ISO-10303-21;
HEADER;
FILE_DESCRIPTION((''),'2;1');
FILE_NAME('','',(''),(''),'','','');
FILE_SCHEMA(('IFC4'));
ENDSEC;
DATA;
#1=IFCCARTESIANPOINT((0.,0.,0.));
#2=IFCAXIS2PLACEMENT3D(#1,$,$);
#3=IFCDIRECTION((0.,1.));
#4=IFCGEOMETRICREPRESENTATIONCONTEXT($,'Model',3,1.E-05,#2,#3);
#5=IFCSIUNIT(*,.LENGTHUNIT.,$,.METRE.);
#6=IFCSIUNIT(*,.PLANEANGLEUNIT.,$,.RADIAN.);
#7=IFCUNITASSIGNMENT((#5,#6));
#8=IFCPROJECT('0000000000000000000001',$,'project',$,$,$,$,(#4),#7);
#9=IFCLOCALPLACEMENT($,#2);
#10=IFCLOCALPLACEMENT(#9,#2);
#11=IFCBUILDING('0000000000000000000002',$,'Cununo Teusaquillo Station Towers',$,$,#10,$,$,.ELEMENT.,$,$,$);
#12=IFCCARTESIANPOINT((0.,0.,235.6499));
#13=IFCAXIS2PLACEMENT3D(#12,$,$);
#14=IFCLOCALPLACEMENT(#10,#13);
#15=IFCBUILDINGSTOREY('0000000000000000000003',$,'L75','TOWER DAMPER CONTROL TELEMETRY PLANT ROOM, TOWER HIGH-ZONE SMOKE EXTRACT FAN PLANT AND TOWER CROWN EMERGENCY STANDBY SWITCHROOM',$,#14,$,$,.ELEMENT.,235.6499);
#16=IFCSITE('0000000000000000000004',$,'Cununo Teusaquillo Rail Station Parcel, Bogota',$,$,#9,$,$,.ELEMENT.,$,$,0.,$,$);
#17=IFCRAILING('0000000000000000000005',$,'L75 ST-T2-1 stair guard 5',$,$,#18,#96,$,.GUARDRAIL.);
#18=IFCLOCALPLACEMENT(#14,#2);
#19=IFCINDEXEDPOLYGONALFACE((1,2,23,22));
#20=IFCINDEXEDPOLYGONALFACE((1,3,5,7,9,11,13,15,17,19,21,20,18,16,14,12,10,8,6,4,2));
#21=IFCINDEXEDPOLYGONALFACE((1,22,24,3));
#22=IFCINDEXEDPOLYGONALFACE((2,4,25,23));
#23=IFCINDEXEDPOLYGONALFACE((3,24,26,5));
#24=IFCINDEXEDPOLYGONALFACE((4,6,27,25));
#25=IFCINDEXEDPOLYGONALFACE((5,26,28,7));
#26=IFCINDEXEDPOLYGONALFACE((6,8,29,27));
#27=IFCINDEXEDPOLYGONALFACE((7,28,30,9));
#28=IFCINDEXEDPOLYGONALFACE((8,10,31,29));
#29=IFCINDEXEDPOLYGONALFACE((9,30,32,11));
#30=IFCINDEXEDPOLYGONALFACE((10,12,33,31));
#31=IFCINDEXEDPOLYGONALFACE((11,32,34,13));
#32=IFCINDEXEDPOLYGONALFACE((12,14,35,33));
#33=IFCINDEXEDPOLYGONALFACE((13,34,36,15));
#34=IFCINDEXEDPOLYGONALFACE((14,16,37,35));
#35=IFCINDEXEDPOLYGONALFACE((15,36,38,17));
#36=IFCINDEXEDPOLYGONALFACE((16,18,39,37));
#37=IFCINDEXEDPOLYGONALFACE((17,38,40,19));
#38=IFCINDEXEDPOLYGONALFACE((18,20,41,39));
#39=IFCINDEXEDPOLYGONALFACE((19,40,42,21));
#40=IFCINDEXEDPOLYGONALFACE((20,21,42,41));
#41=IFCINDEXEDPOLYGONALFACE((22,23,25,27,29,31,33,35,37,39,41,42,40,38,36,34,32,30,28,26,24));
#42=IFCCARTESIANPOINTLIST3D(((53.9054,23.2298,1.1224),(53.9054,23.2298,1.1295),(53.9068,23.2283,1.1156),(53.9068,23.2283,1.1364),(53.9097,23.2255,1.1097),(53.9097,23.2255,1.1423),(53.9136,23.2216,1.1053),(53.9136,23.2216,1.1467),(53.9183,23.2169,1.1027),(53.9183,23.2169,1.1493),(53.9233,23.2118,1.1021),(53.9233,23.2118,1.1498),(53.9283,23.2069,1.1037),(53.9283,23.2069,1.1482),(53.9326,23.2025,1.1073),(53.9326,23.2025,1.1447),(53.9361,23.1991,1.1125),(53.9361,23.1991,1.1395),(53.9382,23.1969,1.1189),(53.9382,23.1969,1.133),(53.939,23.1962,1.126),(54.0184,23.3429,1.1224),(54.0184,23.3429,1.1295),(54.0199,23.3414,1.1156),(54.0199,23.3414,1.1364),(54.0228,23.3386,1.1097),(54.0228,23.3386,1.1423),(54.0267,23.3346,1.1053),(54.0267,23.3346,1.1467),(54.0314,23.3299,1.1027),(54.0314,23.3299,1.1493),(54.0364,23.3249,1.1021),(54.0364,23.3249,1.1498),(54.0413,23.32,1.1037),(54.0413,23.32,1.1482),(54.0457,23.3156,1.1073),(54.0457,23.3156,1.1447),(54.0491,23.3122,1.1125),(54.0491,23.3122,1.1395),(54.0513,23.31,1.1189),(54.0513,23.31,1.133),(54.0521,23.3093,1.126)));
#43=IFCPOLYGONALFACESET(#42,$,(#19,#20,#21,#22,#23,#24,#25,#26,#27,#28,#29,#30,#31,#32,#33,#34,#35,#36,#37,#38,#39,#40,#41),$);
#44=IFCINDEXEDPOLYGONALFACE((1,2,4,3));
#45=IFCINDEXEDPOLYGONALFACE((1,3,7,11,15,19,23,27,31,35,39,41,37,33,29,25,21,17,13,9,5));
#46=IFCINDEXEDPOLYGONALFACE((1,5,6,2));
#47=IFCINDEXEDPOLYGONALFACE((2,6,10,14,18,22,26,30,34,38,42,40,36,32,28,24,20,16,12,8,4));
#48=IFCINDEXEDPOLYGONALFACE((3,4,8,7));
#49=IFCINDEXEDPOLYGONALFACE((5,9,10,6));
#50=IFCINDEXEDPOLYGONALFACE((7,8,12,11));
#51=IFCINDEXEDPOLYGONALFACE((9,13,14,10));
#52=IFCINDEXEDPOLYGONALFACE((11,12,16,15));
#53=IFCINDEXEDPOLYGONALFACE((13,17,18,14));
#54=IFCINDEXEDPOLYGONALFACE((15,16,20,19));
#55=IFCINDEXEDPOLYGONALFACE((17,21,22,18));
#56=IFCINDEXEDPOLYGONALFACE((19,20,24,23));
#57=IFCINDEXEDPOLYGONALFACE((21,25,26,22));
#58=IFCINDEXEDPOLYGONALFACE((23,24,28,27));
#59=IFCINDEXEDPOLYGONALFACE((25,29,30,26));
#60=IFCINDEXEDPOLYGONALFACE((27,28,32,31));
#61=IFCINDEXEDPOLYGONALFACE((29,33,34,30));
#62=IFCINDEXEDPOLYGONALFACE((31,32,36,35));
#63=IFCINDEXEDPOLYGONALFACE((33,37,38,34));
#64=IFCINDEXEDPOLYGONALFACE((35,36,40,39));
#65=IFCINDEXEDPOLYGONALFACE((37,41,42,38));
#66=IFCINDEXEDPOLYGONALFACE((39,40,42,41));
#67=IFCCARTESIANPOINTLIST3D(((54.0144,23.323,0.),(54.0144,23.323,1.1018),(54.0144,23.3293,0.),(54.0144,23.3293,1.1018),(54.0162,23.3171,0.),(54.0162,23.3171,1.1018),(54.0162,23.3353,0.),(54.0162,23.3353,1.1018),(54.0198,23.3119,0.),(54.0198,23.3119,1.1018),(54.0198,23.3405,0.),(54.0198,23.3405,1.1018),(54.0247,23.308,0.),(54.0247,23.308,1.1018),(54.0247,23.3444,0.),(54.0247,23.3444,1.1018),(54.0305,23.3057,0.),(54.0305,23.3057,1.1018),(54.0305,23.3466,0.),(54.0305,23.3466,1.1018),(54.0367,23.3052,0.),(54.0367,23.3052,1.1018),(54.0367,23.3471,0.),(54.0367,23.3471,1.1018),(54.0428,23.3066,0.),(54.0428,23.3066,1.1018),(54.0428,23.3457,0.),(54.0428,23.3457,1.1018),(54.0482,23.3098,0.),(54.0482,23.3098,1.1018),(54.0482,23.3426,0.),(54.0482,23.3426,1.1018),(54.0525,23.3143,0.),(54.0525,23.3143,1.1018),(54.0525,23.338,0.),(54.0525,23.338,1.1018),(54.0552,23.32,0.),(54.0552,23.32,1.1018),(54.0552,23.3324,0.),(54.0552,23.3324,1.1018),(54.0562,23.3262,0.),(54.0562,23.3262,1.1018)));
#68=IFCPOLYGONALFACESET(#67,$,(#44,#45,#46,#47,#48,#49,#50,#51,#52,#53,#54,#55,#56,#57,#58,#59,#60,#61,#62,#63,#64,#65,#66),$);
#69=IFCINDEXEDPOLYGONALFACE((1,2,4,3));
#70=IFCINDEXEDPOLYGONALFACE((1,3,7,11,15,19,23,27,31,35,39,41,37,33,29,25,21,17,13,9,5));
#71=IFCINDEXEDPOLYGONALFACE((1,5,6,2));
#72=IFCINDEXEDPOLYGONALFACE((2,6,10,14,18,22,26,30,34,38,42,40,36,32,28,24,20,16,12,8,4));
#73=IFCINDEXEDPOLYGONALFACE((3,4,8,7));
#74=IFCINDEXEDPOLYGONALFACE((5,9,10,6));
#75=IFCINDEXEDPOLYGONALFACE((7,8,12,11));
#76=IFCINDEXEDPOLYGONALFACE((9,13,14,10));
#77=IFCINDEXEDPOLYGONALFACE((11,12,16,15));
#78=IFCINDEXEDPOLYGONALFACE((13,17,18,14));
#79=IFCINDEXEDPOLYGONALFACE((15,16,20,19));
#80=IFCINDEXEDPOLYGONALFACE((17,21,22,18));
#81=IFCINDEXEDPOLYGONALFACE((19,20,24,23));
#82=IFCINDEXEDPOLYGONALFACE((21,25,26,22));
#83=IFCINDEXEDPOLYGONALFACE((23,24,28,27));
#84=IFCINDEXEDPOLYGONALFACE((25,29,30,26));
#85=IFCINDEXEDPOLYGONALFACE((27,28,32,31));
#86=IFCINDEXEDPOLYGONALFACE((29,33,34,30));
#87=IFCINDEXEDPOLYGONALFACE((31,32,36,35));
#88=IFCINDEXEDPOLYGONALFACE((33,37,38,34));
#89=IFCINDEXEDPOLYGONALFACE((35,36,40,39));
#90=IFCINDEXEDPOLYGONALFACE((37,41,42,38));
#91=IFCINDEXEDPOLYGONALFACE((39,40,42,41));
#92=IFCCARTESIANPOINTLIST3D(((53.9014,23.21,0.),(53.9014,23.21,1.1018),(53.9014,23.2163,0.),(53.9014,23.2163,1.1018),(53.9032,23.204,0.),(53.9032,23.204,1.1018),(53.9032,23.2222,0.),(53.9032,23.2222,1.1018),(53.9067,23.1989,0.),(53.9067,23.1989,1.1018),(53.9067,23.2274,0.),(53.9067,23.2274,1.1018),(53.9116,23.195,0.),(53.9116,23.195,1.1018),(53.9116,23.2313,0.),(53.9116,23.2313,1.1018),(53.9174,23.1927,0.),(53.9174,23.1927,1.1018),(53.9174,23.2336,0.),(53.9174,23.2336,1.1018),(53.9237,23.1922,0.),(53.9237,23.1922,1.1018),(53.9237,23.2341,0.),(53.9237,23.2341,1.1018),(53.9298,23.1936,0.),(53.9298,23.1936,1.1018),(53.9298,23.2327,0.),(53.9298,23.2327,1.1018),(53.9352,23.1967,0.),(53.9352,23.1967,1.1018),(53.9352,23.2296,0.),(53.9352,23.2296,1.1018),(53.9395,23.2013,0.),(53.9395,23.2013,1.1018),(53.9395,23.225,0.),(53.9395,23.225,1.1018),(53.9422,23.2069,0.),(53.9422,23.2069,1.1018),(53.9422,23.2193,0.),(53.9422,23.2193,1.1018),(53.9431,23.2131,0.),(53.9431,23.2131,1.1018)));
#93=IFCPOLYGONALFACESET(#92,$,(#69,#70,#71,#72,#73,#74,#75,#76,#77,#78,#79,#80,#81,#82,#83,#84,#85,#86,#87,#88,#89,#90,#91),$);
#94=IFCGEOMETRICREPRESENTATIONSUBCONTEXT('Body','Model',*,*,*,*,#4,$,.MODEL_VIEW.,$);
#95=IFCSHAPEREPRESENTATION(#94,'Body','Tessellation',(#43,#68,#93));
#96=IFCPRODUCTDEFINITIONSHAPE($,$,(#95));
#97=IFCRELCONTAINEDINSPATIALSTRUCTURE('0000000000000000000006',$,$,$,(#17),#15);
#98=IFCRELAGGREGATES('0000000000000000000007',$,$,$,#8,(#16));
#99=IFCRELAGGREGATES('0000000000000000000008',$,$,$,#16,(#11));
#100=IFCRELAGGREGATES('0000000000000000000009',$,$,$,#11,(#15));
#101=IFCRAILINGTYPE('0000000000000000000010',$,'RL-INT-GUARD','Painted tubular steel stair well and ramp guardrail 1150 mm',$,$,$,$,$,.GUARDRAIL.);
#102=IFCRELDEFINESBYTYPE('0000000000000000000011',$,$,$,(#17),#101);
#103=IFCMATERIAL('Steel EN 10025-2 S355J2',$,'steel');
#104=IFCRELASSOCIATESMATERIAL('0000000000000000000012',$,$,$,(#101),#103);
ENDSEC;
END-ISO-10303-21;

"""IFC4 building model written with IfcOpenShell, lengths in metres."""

from ifc_helpers import new_model, si_unit, direction, frame, origin, origin_2d, place, context, subcontext, project, spatial, circle, extrude, material, type_object, element, save


model = new_model("IFC4")

# Units and contexts
model_context = context("Model", 3, precision=1e-05, world=origin(), true_north=direction((0.0, 1.0)))
body_context = subcontext(model_context, "Body", "Model", "MODEL_VIEW")
ifc_project = project(units=[si_unit("LENGTHUNIT", "METRE"), si_unit("PLANEANGLEUNIT", "RADIAN")], contexts=[model_context])

# Site, building, storey
site_placement = place(None, origin())
site = spatial("IfcSite", under=ifc_project, at=site_placement, Name="Cununo Teusaquillo Rail Station Parcel, Bogota", CompositionType="ELEMENT", RefElevation=0.0)
building_placement = place(site_placement, origin())
building = spatial("IfcBuilding", under=site, at=building_placement, Name="Cununo Teusaquillo Station Towers", CompositionType="ELEMENT")
storey_placement = place(building_placement, frame((0.0, 0.0, 235.6499)))
storey = spatial("IfcBuildingStorey", under=building, at=storey_placement, Name="L75", Description="TOWER DAMPER CONTROL TELEMETRY PLANT ROOM, TOWER HIGH-ZONE SMOKE EXTRACT FAN PLANT AND TOWER CROWN EMERGENCY STANDBY SWITCHROOM", CompositionType="ELEMENT", Elevation=235.6499)

# Railing
ifc_material_1 = material(Name="Steel EN 10025-2 S355J2", Category="steel")
railing_type_1 = type_object("IfcRailingType", Name="RL-INT-GUARD", Description="Painted tubular steel stair well and ramp guardrail 1150 mm", PredefinedType="GUARDRAIL", material=ifc_material_1)
railing_1_placement = place(storey_placement, frame((54.0352, 23.3262, 0.0)))
element("IfcRailing", 1, at=railing_1_placement, inside=storey, type_object=railing_type_1, Name="L75 ST-T2-1 stair guard 5", PredefinedType="GUARDRAIL", context=body_context, shape_type="SweptSolid", body=[
    extrude(circle(Radius=0.0239, at=origin_2d()), frame((0.0, 0.0, 1.126), z_axis=(-0.707107, -0.707107, 0.0), x_axis=(0.707107, -0.707107, 0.0)), (0.0, 0.0, 1.0), 0.1599),
    extrude(circle(Radius=0.021, at=origin_2d()), origin(), (0.0, 0.0, 1.0), 1.1018),
    extrude(circle(Radius=0.021, at=origin_2d()), frame((-0.113, -0.113, 0.0)), (0.0, 0.0, 1.0), 1.1018),
])

save(model, "model.ifc")
